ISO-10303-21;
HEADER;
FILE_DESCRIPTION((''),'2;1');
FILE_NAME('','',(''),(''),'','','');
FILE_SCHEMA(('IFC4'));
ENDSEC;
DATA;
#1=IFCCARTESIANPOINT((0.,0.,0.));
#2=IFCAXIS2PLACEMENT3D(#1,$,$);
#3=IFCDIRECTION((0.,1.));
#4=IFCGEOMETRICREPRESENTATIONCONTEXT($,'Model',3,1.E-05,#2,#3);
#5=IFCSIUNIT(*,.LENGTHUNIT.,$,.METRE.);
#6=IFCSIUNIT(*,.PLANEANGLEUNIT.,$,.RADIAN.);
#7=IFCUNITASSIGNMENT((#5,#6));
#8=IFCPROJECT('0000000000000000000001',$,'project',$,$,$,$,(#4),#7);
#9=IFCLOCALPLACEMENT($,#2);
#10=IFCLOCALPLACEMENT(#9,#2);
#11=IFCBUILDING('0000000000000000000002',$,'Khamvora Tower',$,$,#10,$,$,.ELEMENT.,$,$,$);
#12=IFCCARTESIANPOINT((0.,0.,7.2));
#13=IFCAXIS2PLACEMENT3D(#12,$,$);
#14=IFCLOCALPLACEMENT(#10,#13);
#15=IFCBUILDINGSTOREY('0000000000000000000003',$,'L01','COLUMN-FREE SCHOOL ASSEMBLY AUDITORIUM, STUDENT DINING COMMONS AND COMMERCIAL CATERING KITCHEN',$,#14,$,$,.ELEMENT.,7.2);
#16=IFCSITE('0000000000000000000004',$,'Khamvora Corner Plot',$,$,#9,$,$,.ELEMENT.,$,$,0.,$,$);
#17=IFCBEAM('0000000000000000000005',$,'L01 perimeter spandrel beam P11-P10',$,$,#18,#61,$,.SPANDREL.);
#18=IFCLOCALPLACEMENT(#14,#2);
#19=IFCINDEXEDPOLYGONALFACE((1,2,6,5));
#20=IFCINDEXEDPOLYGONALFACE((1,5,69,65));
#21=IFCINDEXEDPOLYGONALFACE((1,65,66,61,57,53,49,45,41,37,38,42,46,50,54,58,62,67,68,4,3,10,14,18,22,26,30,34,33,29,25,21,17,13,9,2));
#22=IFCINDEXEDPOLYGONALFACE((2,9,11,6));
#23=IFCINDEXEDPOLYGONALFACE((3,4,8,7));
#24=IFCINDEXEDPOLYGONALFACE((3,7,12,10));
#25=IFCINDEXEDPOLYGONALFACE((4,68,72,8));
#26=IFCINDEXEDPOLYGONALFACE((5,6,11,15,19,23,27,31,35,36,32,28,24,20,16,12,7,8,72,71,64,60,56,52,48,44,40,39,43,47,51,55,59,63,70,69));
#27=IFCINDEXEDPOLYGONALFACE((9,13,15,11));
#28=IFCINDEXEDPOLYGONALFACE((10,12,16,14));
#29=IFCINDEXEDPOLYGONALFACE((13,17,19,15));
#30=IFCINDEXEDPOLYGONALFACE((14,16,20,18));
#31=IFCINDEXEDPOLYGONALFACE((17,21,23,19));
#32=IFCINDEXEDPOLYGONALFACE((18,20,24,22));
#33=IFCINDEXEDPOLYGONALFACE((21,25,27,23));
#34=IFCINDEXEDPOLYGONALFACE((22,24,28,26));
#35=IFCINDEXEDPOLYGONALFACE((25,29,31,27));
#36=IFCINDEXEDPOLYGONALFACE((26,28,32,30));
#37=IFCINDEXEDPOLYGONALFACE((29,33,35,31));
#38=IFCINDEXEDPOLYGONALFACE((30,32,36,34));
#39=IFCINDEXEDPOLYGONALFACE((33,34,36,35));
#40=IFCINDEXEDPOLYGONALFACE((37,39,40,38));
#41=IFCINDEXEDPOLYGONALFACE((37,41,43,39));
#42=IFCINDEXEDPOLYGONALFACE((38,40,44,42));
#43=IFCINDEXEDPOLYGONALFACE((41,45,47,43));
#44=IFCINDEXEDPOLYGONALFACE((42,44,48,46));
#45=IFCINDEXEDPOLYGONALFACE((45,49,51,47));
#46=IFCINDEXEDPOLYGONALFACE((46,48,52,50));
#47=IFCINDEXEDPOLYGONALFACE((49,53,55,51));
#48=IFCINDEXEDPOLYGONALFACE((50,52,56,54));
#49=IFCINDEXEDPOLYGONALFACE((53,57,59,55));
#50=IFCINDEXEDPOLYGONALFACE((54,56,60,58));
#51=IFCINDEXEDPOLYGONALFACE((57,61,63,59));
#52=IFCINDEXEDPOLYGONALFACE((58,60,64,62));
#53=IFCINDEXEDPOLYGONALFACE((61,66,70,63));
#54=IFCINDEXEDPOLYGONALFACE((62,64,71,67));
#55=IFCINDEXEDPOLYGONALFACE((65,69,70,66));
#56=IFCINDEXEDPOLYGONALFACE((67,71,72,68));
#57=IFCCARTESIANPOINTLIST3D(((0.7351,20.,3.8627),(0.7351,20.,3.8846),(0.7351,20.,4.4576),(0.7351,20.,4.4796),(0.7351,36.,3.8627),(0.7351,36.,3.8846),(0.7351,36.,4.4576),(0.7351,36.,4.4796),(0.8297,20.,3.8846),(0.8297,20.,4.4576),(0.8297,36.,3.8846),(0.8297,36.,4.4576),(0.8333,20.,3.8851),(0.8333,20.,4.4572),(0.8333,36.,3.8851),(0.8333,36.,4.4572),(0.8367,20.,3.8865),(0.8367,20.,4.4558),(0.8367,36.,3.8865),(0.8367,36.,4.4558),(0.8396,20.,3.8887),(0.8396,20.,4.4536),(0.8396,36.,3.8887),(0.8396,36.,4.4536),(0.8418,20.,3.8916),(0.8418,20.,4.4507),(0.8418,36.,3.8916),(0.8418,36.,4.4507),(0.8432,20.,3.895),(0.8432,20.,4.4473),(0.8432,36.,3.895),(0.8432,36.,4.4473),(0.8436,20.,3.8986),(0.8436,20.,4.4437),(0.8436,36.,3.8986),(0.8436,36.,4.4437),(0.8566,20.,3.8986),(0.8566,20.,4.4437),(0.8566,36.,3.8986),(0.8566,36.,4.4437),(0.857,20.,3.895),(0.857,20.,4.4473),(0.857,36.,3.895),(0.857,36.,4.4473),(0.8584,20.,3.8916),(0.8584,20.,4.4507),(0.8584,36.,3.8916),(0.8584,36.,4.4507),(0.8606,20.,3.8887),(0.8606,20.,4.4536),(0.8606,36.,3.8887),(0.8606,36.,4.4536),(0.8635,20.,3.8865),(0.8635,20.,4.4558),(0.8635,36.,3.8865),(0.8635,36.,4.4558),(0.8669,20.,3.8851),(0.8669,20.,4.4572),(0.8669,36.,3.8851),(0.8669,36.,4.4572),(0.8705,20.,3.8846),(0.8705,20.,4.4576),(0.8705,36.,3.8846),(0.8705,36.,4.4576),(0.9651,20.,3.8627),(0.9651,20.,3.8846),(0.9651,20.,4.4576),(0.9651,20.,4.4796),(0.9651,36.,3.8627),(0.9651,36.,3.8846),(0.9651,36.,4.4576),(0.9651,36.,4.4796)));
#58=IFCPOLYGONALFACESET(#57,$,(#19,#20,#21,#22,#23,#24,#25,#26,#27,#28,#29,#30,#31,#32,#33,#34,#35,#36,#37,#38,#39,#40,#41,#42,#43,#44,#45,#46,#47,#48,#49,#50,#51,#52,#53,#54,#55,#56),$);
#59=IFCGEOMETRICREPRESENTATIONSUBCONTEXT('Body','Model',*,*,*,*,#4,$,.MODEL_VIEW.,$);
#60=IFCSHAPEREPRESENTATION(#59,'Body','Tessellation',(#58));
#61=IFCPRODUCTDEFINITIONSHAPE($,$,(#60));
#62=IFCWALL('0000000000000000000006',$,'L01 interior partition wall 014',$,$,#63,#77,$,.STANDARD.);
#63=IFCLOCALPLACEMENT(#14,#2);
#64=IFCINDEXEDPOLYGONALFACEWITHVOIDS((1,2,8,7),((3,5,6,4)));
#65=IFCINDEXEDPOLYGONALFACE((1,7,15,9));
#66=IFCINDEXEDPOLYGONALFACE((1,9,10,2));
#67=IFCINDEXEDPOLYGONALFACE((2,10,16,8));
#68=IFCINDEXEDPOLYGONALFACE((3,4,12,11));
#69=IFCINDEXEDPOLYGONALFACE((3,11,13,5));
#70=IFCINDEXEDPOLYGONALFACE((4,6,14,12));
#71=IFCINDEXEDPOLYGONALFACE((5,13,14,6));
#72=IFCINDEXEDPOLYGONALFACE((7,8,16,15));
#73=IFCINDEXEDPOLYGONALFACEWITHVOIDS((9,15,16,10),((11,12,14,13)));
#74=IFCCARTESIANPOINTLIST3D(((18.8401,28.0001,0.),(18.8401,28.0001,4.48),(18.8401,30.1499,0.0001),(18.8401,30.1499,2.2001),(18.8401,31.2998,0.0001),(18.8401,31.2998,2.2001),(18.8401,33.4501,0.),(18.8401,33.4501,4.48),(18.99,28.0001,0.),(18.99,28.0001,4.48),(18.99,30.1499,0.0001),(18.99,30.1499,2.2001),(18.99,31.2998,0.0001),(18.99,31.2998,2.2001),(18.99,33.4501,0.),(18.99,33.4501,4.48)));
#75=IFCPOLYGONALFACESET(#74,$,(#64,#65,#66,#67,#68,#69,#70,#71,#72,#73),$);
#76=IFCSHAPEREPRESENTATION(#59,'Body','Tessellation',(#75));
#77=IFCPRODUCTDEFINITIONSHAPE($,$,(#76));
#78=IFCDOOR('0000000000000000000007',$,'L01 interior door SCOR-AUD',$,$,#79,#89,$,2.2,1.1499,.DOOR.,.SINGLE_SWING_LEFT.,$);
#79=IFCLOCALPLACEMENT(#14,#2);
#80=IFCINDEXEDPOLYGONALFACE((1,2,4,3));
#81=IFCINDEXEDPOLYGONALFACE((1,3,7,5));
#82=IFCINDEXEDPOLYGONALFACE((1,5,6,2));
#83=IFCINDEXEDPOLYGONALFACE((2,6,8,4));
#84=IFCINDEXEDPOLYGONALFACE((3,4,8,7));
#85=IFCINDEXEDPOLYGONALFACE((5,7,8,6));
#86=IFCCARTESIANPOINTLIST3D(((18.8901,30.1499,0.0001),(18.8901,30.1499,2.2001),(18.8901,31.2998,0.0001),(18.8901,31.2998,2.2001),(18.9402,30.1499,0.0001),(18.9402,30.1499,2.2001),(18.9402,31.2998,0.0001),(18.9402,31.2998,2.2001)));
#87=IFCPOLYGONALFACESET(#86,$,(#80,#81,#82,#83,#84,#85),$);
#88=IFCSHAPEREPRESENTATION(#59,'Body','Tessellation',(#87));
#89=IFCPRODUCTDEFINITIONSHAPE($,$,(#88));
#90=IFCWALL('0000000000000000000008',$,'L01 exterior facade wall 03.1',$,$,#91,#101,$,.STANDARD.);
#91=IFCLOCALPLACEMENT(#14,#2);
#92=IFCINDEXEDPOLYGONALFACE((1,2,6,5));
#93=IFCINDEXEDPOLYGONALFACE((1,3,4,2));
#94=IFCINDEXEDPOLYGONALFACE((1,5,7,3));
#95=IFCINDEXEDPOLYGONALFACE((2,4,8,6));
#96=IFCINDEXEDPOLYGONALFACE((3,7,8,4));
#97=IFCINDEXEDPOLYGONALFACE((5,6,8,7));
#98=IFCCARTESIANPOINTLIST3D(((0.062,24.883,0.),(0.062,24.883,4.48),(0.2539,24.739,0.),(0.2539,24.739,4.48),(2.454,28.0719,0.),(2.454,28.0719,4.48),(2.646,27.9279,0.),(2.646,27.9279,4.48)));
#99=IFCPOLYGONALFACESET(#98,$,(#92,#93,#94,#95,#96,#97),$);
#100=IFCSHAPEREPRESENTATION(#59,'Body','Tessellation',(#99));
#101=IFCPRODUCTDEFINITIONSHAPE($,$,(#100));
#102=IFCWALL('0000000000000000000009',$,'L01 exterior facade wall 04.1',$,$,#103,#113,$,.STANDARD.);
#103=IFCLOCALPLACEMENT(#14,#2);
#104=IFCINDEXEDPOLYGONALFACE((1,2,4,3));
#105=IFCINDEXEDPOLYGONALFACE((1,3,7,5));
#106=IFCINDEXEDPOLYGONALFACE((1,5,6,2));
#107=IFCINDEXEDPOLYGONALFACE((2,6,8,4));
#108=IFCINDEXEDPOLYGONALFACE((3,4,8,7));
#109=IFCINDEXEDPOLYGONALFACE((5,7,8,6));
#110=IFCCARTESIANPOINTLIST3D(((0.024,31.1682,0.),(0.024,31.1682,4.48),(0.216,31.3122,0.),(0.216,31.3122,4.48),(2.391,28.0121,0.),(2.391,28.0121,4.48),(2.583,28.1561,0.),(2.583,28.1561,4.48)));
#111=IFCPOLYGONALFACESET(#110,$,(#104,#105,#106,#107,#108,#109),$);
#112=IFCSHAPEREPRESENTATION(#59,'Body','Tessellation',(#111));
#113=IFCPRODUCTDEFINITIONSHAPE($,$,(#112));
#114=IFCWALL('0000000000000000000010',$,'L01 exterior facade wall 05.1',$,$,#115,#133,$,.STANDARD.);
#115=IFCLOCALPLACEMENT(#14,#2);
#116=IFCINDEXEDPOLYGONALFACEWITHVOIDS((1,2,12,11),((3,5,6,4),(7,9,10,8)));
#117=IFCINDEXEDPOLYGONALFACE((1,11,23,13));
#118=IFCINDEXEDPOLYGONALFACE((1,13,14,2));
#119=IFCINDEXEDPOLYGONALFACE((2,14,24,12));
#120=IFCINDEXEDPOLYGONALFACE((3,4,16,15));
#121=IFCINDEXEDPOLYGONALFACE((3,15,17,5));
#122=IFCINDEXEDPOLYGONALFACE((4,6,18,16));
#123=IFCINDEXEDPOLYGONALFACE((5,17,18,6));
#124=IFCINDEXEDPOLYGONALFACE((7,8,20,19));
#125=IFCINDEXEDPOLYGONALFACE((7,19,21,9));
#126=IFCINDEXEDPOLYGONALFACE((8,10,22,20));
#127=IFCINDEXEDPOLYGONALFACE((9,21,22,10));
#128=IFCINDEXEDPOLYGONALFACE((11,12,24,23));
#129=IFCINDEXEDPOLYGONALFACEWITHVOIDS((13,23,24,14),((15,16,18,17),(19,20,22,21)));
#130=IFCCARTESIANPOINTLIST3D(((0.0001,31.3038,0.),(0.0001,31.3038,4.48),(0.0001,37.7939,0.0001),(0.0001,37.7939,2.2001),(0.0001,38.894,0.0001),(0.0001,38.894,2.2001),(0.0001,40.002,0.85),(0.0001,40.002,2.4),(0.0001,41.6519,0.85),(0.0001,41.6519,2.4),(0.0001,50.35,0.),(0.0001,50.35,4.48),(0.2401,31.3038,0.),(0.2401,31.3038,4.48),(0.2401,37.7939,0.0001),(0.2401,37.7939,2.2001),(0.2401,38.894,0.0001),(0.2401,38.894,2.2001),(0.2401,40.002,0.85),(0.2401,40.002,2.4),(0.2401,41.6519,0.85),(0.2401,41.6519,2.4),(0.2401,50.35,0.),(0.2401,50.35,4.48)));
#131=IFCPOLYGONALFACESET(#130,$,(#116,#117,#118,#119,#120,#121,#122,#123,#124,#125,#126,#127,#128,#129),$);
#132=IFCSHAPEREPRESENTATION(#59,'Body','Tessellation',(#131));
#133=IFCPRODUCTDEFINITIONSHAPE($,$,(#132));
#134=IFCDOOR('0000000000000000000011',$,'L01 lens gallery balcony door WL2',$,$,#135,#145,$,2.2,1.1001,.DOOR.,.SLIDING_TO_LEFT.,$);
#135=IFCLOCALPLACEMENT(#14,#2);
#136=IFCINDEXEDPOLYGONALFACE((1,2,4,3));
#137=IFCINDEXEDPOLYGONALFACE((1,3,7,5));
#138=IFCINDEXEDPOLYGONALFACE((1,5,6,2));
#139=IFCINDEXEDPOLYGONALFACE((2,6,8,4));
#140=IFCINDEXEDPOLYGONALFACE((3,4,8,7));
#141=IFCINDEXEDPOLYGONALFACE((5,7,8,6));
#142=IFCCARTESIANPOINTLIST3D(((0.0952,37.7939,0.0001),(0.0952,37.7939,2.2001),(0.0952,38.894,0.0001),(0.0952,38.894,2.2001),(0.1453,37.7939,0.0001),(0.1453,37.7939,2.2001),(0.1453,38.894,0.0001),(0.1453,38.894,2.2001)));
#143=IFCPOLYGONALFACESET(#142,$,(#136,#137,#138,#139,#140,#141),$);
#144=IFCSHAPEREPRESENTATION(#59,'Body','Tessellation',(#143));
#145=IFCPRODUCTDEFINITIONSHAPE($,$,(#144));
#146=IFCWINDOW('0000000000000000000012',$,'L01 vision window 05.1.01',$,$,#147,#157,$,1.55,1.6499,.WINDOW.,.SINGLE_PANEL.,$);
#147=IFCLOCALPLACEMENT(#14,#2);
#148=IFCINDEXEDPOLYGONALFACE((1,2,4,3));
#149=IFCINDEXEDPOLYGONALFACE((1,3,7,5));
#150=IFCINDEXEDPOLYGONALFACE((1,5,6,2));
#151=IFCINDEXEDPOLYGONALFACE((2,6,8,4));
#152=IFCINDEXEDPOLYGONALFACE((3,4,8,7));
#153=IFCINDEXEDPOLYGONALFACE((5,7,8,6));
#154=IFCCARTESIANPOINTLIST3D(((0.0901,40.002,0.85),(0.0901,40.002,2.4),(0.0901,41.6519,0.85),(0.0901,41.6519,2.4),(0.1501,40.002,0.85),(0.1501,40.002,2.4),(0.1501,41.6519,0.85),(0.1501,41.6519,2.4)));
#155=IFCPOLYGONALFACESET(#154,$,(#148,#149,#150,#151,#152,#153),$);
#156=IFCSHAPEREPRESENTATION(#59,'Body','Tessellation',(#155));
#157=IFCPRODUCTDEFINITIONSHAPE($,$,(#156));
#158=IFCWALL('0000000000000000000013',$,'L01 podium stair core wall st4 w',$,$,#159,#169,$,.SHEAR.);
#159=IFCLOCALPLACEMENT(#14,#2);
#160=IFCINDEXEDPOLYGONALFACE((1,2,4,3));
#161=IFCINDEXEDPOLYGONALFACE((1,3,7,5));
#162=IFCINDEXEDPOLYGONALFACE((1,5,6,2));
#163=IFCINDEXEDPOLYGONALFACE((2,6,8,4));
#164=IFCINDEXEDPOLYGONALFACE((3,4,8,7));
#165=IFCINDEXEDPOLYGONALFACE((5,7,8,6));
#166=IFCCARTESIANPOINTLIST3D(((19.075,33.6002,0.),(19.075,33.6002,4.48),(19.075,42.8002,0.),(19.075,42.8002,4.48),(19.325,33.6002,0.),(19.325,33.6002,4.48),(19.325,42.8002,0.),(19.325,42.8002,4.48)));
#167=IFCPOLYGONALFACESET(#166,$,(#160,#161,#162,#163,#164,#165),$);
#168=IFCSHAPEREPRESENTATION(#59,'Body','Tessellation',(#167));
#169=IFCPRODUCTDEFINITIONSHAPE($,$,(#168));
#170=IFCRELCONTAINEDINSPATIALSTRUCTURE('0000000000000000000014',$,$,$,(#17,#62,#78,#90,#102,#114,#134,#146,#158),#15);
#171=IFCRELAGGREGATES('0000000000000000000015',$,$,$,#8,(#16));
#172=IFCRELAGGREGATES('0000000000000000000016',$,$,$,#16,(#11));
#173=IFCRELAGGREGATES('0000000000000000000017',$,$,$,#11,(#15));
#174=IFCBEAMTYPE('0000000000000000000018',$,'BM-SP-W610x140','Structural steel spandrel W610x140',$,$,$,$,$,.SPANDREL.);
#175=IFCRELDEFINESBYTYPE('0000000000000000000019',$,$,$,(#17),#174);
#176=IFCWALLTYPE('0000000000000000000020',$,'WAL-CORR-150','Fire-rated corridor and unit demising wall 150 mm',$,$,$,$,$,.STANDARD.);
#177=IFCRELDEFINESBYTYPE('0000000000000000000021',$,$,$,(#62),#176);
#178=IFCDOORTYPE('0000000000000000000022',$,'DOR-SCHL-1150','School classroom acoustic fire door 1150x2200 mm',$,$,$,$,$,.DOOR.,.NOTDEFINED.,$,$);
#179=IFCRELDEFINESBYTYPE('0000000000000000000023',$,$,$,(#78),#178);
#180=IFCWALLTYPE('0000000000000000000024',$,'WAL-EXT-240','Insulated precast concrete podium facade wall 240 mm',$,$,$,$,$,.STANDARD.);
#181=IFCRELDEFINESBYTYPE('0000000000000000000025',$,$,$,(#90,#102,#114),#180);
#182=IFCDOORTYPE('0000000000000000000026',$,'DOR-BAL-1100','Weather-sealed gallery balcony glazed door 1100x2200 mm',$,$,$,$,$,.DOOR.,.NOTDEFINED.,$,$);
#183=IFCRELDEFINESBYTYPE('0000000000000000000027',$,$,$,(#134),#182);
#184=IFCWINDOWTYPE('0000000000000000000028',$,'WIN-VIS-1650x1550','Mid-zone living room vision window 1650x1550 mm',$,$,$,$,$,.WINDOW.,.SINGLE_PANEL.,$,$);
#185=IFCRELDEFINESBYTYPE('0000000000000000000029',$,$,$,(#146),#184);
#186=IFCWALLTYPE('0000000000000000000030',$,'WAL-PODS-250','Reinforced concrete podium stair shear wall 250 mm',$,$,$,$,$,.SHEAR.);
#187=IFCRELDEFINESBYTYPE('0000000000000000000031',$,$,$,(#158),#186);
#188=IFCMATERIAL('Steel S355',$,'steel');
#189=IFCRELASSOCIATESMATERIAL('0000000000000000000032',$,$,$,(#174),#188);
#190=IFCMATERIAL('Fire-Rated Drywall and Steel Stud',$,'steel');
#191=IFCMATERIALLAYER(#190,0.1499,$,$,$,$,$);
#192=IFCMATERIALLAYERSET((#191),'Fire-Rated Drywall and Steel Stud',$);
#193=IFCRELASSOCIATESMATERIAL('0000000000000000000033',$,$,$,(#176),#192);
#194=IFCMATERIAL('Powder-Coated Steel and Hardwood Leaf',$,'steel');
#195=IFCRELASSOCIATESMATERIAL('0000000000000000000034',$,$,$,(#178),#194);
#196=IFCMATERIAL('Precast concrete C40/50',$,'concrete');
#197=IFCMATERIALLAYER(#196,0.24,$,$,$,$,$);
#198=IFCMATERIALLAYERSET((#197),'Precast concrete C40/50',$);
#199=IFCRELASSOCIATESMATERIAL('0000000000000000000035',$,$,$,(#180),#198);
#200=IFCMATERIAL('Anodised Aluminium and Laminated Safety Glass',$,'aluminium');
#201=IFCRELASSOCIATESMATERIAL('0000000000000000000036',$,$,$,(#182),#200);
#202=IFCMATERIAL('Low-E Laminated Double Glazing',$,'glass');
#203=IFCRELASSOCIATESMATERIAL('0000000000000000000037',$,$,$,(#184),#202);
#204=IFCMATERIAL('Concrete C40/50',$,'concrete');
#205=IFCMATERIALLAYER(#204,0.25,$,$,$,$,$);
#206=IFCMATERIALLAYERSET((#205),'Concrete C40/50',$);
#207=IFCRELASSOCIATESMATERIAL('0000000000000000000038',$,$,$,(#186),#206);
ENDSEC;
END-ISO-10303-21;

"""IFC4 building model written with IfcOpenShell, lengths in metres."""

from ifc_helpers import new_model, si_unit, direction, frame, frame_2d, origin, origin_2d, place, context, subcontext, project, spatial, rectangle, i_section, extrude, material, layer, layer_set, material_profile, profile_set, type_object, element, fill, save


model = new_model("IFC4")

# Units and contexts
model_context = context("Model", 3, precision=1e-05, world=origin(), true_north=direction((0.0, 1.0)))
body_context = subcontext(model_context, "Body", "Model", "MODEL_VIEW")
ifc_project = project(units=[si_unit("LENGTHUNIT", "METRE"), si_unit("PLANEANGLEUNIT", "RADIAN")], contexts=[model_context])

# Site, building, storey
site_placement = place(None, origin())
site = spatial("IfcSite", under=ifc_project, at=site_placement, Name="Khamvora Corner Plot", CompositionType="ELEMENT", RefElevation=0.0)
building_placement = place(site_placement, origin())
building = spatial("IfcBuilding", under=site, at=building_placement, Name="Khamvora Tower", CompositionType="ELEMENT")
storey_placement = place(building_placement, frame((0.0, 0.0, 7.2)))
storey = spatial("IfcBuildingStorey", under=building, at=storey_placement, Name="L01", Description="COLUMN-FREE SCHOOL ASSEMBLY AUDITORIUM, STUDENT DINING COMMONS AND COMMERCIAL CATERING KITCHEN", CompositionType="ELEMENT", Elevation=7.2)

# Beam
ifc_material_1 = material(Name="Steel S355", Category="steel")
ifc_material_profile_1 = material_profile(ifc_material_1, i_section(OverallWidth=0.23, OverallDepth=0.6169, WebThickness=0.0129, FlangeThickness=0.022, FilletRadius=0.0139, at=origin_2d()), Name="W610x140")
ifc_profile_set_1 = profile_set([ifc_material_profile_1], Name="Steel S355")
beam_type_1 = type_object("IfcBeamType", Name="BM-SP-W610x140", Description="Structural steel spandrel W610x140", PredefinedType="SPANDREL", material=ifc_profile_set_1)
beam_1_placement = place(storey_placement, frame((0.8501, 36.0, 4.1711), z_axis=(0.0, -1.0, 0.0), x_axis=(1.0, 0.0, 0.0)))
element("IfcBeam", 1, at=beam_1_placement, inside=storey, type_object=beam_type_1, Name="L01 perimeter spandrel beam P11-P10", PredefinedType="SPANDREL", context=body_context, shape_type="SweptSolid", body=[
    extrude(i_section(OverallWidth=0.23, OverallDepth=0.6169, WebThickness=0.0129, FlangeThickness=0.022, FilletRadius=0.0139, at=origin_2d()), origin(), (0.0, 0.0, 1.0), 16.0),
])

# Wall, opening, door
ifc_material_2 = material(Name="Fire-Rated Drywall and Steel Stud", Category="steel")
ifc_layer_1 = layer(ifc_material_2, 0.1499)
ifc_layer_set_1 = layer_set([ifc_layer_1], Name="Fire-Rated Drywall and Steel Stud")
wall_type_1 = type_object("IfcWallType", Name="WAL-CORR-150", Description="Fire-rated corridor and unit demising wall 150 mm", PredefinedType="STANDARD", material=ifc_layer_set_1)
wall_1_placement = place(storey_placement, frame((18.915, 28.0, 0.0), z_axis=(0.0, 0.0, 1.0), x_axis=(0.0, 1.0, 0.0)))
wall_1 = element("IfcWall", 2, at=wall_1_placement, inside=storey, type_object=wall_type_1, Name="L01 interior partition wall 014", PredefinedType="STANDARD", context=body_context, shape_type="SweptSolid", body=[
    extrude(rectangle(XDim=5.45, YDim=0.1499, at=frame_2d((2.7251, 0.0))), origin(), (0.0, 0.0, 1.0), 4.48),
])
opening_1_placement = place(wall_1_placement, frame((2.1499, 0.0, 0.0)))
opening_1 = element("IfcOpeningElement", 3, at=opening_1_placement, cuts=wall_1, PredefinedType="OPENING", context=body_context, shape_type="SweptSolid", body=[
    extrude(rectangle(XDim=1.1499, YDim=2.2, at=frame_2d((0.575, 1.1001))), frame((0.0, 0.085, 0.0), z_axis=(0.0, -1.0, 0.0), x_axis=(1.0, 0.0, 0.0)), (0.0, 0.0, 1.0), 0.1699),
])
ifc_material_3 = material(Name="Powder-Coated Steel and Hardwood Leaf", Category="steel")
door_type_1 = type_object("IfcDoorType", Name="DOR-SCHL-1150", Description="School classroom acoustic fire door 1150x2200 mm", OperationType="NOTDEFINED", PredefinedType="DOOR", material=ifc_material_3)
door_1_placement = place(opening_1_placement, origin())
door_1 = element("IfcDoor", 4, at=door_1_placement, inside=storey, type_object=door_type_1, Name="L01 interior door SCOR-AUD", OperationType="SINGLE_SWING_LEFT", OverallHeight=2.2, OverallWidth=1.1499, PredefinedType="DOOR", context=body_context, shape_type="SweptSolid", body=[
    extrude(rectangle(XDim=1.1499, YDim=2.2, at=frame_2d((0.575, 1.1001))), frame((0.0, 0.0249, 0.0), z_axis=(0.0, -1.0, 0.0), x_axis=(1.0, 0.0, 0.0)), (0.0, 0.0, 1.0), 0.05),
])
fill(opening_1, door_1)

# Walls
ifc_material_4 = material(Name="Precast concrete C40/50", Category="concrete")
ifc_layer_2 = layer(ifc_material_4, 0.24)
ifc_layer_set_2 = layer_set([ifc_layer_2], Name="Precast concrete C40/50")
wall_type_2 = type_object("IfcWallType", Name="WAL-EXT-240", Description="Insulated precast concrete podium facade wall 240 mm", PredefinedType="STANDARD", material=ifc_layer_set_2)
wall_2_placement = place(storey_placement, frame((0.158, 24.811, 0.0), z_axis=(0.0, 0.0, 1.0), x_axis=(0.600059, 0.799956, 0.0)))
element("IfcWall", 5, at=wall_2_placement, inside=storey, type_object=wall_type_2, Name="L01 exterior facade wall 03.1", PredefinedType="STANDARD", context=body_context, shape_type="SweptSolid", body=[
    extrude(rectangle(XDim=3.9863, YDim=0.24, at=frame_2d((1.9932, 0.0))), origin(), (0.0, 0.0, 1.0), 4.48),
])
wall_3_placement = place(storey_placement, frame((2.4871, 28.084, 0.0), z_axis=(0.0, 0.0, 1.0), x_axis=(-0.59999, 0.800007, 0.0)))
element("IfcWall", 6, at=wall_3_placement, inside=storey, type_object=wall_type_2, Name="L01 exterior facade wall 04.1", PredefinedType="STANDARD", context=body_context, shape_type="SweptSolid", body=[
    extrude(rectangle(XDim=3.9451, YDim=0.24, at=frame_2d((1.9727, 0.0))), origin(), (0.0, 0.0, 1.0), 4.48),
])

# Wall, openings, door, window
wall_4_placement = place(storey_placement, frame((0.1201, 31.304, 0.0), z_axis=(0.0, 0.0, 1.0), x_axis=(0.0, 1.0, 0.0)))
wall_4 = element("IfcWall", 7, at=wall_4_placement, inside=storey, type_object=wall_type_2, Name="L01 exterior facade wall 05.1", PredefinedType="STANDARD", context=body_context, shape_type="SweptSolid", body=[
    extrude(rectangle(XDim=19.0461, YDim=0.24, at=frame_2d((9.5229, 0.0))), origin(), (0.0, 0.0, 1.0), 4.48),
])
opening_2_placement = place(wall_4_placement, frame((6.49, 0.0, 0.0)))
opening_2 = element("IfcOpeningElement", 8, at=opening_2_placement, cuts=wall_4, PredefinedType="OPENING", context=body_context, shape_type="SweptSolid", body=[
    extrude(rectangle(XDim=1.1001, YDim=2.2, at=frame_2d((0.55, 1.1001))), frame((0.0, 0.1299, 0.0), z_axis=(0.0, -1.0, 0.0), x_axis=(1.0, 0.0, 0.0)), (0.0, 0.0, 1.0), 0.26),
])
opening_3_placement = place(wall_4_placement, frame((8.698, 0.0, 0.8501)))
opening_3 = element("IfcOpeningElement", 9, at=opening_3_placement, cuts=wall_4, PredefinedType="OPENING", context=body_context, shape_type="SweptSolid", body=[
    extrude(rectangle(XDim=1.6499, YDim=1.55, at=frame_2d((0.825, 0.7749))), frame((0.0, 0.1299, 0.0), z_axis=(0.0, -1.0, 0.0), x_axis=(1.0, 0.0, 0.0)), (0.0, 0.0, 1.0), 0.26),
])
ifc_material_5 = material(Name="Anodised Aluminium and Laminated Safety Glass", Category="aluminium")
door_type_2 = type_object("IfcDoorType", Name="DOR-BAL-1100", Description="Weather-sealed gallery balcony glazed door 1100x2200 mm", OperationType="NOTDEFINED", PredefinedType="DOOR", material=ifc_material_5)
door_2_placement = place(opening_2_placement, origin())
door_2 = element("IfcDoor", 10, at=door_2_placement, inside=storey, type_object=door_type_2, Name="L01 lens gallery balcony door WL2", OperationType="SLIDING_TO_LEFT", OverallHeight=2.2, OverallWidth=1.1001, PredefinedType="DOOR", context=body_context, shape_type="SweptSolid", body=[
    extrude(rectangle(XDim=1.1001, YDim=2.2, at=frame_2d((0.55, 1.1001))), frame((0.0, 0.0249, 0.0), z_axis=(0.0, -1.0, 0.0), x_axis=(1.0, 0.0, 0.0)), (0.0, 0.0, 1.0), 0.05),
])
fill(opening_2, door_2)
ifc_material_6 = material(Name="Low-E Laminated Double Glazing", Category="glass")
window_type = type_object("IfcWindowType", Name="WIN-VIS-1650x1550", Description="Mid-zone living room vision window 1650x1550 mm", PartitioningType="SINGLE_PANEL", PredefinedType="WINDOW", material=ifc_material_6)
window_placement = place(opening_3_placement, origin())
window = element("IfcWindow", 11, at=window_placement, inside=storey, type_object=window_type, Name="L01 vision window 05.1.01", OverallHeight=1.55, OverallWidth=1.6499, PartitioningType="SINGLE_PANEL", PredefinedType="WINDOW", context=body_context, shape_type="SweptSolid", body=[
    extrude(rectangle(XDim=1.6499, YDim=1.55, at=frame_2d((0.825, 0.7749))), frame((0.0, 0.03, 0.0), z_axis=(0.0, -1.0, 0.0), x_axis=(1.0, 0.0, 0.0)), (0.0, 0.0, 1.0), 0.0601),
])
fill(opening_3, window)

# Wall
ifc_material_7 = material(Name="Concrete C40/50", Category="concrete")
ifc_layer_3 = layer(ifc_material_7, 0.25)
ifc_layer_set_3 = layer_set([ifc_layer_3], Name="Concrete C40/50")
wall_type_3 = type_object("IfcWallType", Name="WAL-PODS-250", Description="Reinforced concrete podium stair shear wall 250 mm", PredefinedType="SHEAR", material=ifc_layer_set_3)
wall_5_placement = place(storey_placement, frame((19.2, 33.6001, 0.0), z_axis=(0.0, 0.0, 1.0), x_axis=(0.0, 1.0, 0.0)))
element("IfcWall", 12, at=wall_5_placement, inside=storey, type_object=wall_type_3, Name="L01 podium stair core wall st4 w", PredefinedType="SHEAR", context=body_context, shape_type="SweptSolid", body=[
    extrude(rectangle(XDim=9.2, YDim=0.25, at=frame_2d((4.6001, 0.0))), origin(), (0.0, 0.0, 1.0), 4.48),
])

save(model, "model.ifc")
